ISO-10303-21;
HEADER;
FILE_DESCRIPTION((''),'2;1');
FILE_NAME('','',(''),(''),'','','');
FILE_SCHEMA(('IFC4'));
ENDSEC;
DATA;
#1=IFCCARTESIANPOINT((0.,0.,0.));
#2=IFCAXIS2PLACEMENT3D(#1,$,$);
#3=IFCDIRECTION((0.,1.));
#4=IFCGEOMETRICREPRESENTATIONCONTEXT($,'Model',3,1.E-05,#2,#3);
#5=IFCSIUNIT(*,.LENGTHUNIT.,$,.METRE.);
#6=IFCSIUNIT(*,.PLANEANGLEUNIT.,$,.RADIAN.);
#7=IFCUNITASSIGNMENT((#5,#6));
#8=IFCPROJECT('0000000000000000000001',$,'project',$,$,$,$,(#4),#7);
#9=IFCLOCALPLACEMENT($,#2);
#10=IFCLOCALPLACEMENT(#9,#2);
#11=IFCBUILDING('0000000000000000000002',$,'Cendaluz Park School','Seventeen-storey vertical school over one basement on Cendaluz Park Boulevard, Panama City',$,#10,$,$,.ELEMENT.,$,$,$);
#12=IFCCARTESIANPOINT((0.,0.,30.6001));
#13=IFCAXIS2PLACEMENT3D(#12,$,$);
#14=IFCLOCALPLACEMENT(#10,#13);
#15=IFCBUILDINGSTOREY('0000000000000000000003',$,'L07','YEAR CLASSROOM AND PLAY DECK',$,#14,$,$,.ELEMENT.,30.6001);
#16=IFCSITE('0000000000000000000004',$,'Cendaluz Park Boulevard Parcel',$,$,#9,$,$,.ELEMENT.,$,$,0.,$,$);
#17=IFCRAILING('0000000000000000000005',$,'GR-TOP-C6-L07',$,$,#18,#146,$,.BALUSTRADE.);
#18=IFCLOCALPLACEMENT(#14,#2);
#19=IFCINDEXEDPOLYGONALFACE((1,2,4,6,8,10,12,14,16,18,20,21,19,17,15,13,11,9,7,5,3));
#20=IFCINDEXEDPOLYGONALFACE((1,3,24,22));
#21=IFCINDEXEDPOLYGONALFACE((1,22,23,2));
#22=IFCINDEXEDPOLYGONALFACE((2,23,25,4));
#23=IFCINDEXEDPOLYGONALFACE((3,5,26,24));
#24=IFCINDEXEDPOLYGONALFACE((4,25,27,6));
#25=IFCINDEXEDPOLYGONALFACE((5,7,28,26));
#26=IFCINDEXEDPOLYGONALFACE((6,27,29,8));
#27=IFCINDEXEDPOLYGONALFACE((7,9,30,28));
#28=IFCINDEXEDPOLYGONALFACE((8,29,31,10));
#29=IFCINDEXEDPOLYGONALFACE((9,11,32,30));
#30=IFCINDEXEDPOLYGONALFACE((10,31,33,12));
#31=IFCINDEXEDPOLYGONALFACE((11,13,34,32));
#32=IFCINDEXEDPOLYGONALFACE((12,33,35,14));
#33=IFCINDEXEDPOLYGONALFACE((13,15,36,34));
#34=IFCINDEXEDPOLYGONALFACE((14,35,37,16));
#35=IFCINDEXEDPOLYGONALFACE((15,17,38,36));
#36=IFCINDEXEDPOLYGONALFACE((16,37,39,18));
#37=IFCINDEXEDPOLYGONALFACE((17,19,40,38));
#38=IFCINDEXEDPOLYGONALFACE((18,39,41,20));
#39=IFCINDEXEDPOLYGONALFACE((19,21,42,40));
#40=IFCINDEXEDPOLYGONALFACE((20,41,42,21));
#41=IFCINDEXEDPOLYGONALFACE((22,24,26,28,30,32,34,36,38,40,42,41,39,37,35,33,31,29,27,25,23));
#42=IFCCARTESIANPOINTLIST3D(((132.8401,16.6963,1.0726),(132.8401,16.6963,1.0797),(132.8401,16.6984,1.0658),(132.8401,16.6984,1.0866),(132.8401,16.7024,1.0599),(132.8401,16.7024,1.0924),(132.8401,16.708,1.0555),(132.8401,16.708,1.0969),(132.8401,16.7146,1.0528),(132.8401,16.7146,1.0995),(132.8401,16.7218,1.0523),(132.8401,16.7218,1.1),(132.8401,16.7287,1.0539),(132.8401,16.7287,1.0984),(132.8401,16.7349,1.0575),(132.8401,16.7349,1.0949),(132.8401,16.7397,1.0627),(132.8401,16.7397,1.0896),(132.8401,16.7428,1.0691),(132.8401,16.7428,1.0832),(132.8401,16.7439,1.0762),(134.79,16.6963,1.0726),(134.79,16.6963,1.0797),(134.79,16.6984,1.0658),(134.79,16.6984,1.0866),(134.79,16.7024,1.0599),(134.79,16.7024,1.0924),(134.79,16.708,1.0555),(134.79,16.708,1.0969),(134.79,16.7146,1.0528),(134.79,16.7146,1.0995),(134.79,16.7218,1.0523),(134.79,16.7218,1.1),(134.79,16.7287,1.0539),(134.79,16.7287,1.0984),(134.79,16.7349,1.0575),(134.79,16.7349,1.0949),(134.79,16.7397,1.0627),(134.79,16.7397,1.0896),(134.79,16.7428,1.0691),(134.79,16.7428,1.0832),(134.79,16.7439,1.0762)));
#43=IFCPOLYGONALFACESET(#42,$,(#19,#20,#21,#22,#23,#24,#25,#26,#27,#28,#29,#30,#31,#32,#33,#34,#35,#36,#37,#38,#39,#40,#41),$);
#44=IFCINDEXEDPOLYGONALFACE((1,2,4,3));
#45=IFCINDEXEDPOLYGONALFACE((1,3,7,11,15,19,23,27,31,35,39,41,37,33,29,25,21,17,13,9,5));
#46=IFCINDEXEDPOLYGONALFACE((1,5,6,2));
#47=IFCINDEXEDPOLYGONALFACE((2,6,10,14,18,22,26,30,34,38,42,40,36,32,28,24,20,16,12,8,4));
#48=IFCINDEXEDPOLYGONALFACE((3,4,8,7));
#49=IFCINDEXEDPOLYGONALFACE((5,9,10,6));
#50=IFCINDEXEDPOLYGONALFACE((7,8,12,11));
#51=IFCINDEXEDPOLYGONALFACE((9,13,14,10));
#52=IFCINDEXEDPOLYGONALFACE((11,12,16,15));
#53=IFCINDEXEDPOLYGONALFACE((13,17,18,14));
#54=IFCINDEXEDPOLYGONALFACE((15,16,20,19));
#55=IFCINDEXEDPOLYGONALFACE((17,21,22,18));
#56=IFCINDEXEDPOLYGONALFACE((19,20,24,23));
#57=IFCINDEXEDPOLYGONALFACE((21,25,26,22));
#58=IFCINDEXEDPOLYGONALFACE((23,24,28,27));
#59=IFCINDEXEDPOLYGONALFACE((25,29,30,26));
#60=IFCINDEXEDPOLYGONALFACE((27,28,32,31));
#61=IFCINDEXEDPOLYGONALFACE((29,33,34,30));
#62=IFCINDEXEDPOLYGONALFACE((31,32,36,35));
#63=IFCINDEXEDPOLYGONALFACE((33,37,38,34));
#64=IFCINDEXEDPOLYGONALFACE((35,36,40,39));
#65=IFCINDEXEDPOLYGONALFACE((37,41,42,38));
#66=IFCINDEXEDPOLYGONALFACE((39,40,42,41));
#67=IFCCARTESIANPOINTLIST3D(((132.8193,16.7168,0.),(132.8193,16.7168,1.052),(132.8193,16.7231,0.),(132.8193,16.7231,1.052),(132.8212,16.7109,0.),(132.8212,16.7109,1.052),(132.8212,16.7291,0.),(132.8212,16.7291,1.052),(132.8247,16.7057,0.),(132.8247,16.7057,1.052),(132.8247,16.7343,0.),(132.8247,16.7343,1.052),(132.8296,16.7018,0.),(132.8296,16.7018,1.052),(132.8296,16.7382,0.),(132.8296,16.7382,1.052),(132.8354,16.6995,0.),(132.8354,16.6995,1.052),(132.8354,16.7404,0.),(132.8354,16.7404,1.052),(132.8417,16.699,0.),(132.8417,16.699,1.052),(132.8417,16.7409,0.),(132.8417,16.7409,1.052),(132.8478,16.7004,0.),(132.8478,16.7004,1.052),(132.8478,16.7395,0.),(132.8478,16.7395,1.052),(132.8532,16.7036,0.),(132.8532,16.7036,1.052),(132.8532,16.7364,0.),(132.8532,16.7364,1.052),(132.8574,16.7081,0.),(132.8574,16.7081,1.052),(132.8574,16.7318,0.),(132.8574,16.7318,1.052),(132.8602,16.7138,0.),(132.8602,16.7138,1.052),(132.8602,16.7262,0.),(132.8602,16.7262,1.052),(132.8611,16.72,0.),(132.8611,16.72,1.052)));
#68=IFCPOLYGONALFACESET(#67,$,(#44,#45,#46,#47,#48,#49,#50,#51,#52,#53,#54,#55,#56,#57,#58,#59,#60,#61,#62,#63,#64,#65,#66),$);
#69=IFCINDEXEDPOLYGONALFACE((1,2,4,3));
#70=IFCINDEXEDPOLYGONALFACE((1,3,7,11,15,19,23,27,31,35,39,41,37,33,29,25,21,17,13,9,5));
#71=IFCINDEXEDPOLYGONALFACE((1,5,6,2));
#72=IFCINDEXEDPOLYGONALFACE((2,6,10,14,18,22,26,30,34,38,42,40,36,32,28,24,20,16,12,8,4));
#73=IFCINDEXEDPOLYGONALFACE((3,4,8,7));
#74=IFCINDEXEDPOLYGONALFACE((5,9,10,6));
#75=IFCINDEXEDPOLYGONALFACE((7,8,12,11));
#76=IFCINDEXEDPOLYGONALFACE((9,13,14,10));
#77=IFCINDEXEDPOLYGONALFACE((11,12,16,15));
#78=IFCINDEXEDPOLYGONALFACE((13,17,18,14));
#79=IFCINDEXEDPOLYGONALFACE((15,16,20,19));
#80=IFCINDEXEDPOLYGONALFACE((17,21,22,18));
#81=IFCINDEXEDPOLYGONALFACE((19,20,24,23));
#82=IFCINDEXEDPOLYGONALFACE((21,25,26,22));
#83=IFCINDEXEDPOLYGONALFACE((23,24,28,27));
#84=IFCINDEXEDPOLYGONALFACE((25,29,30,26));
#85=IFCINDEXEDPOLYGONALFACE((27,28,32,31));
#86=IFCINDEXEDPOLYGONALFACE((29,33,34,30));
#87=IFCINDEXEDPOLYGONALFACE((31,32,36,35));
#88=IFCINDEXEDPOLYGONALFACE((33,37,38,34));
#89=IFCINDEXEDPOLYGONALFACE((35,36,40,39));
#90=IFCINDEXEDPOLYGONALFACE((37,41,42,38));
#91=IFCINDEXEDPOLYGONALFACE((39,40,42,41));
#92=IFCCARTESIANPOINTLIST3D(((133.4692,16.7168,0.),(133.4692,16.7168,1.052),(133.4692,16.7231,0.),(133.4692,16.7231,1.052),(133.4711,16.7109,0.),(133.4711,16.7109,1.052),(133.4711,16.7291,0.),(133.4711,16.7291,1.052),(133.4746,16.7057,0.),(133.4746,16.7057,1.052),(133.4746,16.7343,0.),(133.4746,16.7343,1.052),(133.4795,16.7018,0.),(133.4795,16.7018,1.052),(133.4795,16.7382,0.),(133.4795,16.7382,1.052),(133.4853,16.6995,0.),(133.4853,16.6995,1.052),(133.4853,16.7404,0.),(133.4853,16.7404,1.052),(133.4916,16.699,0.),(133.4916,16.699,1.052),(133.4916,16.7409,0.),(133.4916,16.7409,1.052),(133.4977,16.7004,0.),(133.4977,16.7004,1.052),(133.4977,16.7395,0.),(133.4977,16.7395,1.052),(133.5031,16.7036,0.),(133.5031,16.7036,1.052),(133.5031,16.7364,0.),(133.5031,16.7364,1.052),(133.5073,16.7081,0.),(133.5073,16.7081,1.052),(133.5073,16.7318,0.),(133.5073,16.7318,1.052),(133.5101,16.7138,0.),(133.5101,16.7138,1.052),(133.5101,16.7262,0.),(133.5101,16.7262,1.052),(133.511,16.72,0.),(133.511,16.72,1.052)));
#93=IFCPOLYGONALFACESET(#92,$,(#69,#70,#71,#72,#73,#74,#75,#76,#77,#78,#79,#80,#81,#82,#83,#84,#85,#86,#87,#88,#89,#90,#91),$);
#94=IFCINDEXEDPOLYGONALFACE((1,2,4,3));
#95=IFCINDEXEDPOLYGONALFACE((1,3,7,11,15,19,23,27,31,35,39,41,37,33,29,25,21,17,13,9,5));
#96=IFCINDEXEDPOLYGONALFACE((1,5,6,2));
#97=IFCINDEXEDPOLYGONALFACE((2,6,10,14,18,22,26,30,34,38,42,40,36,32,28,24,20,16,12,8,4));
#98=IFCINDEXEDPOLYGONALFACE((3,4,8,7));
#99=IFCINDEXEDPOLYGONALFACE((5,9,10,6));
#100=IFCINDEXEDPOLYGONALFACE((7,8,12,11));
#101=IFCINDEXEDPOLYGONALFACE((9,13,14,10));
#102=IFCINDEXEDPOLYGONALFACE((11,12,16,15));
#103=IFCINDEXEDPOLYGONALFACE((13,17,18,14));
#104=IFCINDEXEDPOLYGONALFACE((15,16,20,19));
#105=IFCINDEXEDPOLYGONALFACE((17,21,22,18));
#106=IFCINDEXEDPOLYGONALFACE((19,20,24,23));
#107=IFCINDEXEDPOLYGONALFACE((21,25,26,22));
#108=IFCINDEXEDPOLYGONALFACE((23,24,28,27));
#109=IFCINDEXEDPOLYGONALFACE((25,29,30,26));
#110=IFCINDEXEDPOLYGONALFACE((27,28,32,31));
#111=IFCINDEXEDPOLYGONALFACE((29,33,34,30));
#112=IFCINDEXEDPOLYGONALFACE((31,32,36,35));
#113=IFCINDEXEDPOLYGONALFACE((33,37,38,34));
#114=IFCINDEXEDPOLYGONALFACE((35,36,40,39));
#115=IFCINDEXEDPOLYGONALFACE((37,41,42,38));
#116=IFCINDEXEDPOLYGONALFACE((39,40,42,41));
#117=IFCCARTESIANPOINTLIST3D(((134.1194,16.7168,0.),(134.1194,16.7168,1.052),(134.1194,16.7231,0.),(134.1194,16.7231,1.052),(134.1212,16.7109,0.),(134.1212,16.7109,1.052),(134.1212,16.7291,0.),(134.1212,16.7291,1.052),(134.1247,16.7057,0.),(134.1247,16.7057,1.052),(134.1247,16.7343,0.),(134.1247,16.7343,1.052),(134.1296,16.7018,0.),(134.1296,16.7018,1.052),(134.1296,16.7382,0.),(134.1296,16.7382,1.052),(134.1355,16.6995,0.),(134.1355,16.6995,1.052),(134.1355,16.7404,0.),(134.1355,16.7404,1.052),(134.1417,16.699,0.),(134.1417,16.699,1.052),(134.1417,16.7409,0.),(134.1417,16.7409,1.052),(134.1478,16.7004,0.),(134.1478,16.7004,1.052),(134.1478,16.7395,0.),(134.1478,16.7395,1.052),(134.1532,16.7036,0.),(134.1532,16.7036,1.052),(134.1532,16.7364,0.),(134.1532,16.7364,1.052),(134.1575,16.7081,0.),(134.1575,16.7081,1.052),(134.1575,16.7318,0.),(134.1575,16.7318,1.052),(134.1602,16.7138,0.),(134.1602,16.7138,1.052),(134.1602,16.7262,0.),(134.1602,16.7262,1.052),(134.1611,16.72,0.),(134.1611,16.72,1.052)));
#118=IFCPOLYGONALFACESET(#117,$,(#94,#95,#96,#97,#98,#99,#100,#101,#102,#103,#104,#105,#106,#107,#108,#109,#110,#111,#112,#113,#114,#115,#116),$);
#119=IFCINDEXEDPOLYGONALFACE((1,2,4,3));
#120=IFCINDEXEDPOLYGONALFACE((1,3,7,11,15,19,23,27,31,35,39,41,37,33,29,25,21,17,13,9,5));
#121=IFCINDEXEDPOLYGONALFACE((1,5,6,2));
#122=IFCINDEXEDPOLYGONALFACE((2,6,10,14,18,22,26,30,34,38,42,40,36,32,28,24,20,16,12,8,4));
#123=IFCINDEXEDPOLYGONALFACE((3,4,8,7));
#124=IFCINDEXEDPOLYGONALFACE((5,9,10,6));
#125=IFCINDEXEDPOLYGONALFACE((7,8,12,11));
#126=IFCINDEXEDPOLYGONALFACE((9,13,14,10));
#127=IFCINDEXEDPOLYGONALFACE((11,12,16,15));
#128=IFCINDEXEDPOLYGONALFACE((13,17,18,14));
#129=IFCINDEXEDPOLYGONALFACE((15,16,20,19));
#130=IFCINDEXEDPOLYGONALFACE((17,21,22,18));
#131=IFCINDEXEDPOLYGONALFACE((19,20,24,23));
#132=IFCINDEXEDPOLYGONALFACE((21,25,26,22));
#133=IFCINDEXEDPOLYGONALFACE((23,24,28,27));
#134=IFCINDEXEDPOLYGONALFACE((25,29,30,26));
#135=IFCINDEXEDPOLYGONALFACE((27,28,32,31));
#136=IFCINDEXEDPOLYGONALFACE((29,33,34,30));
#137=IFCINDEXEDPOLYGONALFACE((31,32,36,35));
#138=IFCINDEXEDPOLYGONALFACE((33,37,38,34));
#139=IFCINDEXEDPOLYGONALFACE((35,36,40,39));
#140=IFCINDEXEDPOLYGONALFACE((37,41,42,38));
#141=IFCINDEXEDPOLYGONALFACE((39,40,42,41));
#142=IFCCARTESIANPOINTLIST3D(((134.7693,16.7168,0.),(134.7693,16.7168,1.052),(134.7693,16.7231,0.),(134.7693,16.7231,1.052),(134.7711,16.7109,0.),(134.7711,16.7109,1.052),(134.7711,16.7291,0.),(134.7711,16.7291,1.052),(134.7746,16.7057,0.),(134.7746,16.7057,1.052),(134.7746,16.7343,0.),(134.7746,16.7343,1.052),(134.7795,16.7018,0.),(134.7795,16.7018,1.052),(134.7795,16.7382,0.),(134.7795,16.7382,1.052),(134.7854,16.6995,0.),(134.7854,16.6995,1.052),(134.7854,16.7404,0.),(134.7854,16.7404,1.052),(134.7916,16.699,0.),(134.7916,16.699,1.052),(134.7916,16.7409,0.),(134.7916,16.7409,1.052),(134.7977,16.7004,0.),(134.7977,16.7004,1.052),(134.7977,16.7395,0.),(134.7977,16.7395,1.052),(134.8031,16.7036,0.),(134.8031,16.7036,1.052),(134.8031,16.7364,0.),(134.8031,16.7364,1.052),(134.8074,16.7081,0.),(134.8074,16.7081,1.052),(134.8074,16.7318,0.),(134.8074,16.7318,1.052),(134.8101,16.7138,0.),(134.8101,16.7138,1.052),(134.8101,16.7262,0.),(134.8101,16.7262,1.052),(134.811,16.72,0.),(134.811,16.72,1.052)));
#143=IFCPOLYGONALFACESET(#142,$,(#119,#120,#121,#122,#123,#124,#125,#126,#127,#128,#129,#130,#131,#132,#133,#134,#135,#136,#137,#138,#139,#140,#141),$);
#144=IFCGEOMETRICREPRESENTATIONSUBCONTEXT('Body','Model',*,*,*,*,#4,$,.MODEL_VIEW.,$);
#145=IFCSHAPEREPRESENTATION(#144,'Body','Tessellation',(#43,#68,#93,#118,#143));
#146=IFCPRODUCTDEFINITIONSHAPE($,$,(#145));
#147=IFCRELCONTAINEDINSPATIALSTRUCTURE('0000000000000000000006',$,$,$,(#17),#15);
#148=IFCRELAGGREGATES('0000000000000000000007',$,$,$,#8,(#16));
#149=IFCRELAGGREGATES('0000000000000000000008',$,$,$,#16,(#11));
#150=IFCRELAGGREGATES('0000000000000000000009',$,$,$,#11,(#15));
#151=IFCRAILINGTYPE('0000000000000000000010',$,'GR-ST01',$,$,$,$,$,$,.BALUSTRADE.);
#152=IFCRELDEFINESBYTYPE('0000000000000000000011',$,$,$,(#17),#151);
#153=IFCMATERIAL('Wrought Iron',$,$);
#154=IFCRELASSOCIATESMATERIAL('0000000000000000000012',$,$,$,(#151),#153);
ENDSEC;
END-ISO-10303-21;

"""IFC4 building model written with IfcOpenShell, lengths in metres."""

from ifc_helpers import new_model, si_unit, direction, frame, origin, origin_2d, place, context, subcontext, project, spatial, circle, extrude, material, type_object, element, save


model = new_model("IFC4")

# Units and contexts
model_context = context("Model", 3, precision=1e-05, world=origin(), true_north=direction((0.0, 1.0)))
body_context = subcontext(model_context, "Body", "Model", "MODEL_VIEW")
ifc_project = project(units=[si_unit("LENGTHUNIT", "METRE"), si_unit("PLANEANGLEUNIT", "RADIAN")], contexts=[model_context])

# Site, building, storey
site_placement = place(None, origin())
site = spatial("IfcSite", under=ifc_project, at=site_placement, Name="Cendaluz Park Boulevard Parcel", CompositionType="ELEMENT", RefElevation=0.0)
building_placement = place(site_placement, origin())
building = spatial("IfcBuilding", under=site, at=building_placement, Name="Cendaluz Park School", Description="Seventeen-storey vertical school over one basement on Cendaluz Park Boulevard, Panama City", CompositionType="ELEMENT")
storey_placement = place(building_placement, frame((0.0, 0.0, 30.6001)))
storey = spatial("IfcBuildingStorey", under=building, at=storey_placement, Name="L07", Description="YEAR CLASSROOM AND PLAY DECK", CompositionType="ELEMENT", Elevation=30.6001)

# Railing
ifc_material_1 = material(Name="Wrought Iron")
railing_type_1 = type_object("IfcRailingType", Name="GR-ST01", PredefinedType="BALUSTRADE", material=ifc_material_1)
railing_1_placement = place(storey_placement, frame((132.8401, 16.72, 0.0)))
element("IfcRailing", 1, at=railing_1_placement, inside=storey, type_object=railing_type_1, Name="GR-TOP-C6-L07", PredefinedType="BALUSTRADE", context=body_context, shape_type="SweptSolid", body=[
    extrude(circle(Radius=0.0239, at=origin_2d()), frame((0.0, 0.0, 1.0762), z_axis=(1.0, 0.0, 0.0), x_axis=(0.0, 1.0, 0.0)), (0.0, 0.0, 1.0), 1.95),
    extrude(circle(Radius=0.021, at=origin_2d()), origin(), (0.0, 0.0, 1.0), 1.052),
    extrude(circle(Radius=0.021, at=origin_2d()), frame((0.6499, 0.0, 0.0)), (0.0, 0.0, 1.0), 1.052),
    extrude(circle(Radius=0.021, at=origin_2d()), frame((1.3, 0.0, 0.0)), (0.0, 0.0, 1.0), 1.052),
    extrude(circle(Radius=0.021, at=origin_2d()), frame((1.95, 0.0, 0.0)), (0.0, 0.0, 1.0), 1.052),
])

save(model, "model.ifc")
